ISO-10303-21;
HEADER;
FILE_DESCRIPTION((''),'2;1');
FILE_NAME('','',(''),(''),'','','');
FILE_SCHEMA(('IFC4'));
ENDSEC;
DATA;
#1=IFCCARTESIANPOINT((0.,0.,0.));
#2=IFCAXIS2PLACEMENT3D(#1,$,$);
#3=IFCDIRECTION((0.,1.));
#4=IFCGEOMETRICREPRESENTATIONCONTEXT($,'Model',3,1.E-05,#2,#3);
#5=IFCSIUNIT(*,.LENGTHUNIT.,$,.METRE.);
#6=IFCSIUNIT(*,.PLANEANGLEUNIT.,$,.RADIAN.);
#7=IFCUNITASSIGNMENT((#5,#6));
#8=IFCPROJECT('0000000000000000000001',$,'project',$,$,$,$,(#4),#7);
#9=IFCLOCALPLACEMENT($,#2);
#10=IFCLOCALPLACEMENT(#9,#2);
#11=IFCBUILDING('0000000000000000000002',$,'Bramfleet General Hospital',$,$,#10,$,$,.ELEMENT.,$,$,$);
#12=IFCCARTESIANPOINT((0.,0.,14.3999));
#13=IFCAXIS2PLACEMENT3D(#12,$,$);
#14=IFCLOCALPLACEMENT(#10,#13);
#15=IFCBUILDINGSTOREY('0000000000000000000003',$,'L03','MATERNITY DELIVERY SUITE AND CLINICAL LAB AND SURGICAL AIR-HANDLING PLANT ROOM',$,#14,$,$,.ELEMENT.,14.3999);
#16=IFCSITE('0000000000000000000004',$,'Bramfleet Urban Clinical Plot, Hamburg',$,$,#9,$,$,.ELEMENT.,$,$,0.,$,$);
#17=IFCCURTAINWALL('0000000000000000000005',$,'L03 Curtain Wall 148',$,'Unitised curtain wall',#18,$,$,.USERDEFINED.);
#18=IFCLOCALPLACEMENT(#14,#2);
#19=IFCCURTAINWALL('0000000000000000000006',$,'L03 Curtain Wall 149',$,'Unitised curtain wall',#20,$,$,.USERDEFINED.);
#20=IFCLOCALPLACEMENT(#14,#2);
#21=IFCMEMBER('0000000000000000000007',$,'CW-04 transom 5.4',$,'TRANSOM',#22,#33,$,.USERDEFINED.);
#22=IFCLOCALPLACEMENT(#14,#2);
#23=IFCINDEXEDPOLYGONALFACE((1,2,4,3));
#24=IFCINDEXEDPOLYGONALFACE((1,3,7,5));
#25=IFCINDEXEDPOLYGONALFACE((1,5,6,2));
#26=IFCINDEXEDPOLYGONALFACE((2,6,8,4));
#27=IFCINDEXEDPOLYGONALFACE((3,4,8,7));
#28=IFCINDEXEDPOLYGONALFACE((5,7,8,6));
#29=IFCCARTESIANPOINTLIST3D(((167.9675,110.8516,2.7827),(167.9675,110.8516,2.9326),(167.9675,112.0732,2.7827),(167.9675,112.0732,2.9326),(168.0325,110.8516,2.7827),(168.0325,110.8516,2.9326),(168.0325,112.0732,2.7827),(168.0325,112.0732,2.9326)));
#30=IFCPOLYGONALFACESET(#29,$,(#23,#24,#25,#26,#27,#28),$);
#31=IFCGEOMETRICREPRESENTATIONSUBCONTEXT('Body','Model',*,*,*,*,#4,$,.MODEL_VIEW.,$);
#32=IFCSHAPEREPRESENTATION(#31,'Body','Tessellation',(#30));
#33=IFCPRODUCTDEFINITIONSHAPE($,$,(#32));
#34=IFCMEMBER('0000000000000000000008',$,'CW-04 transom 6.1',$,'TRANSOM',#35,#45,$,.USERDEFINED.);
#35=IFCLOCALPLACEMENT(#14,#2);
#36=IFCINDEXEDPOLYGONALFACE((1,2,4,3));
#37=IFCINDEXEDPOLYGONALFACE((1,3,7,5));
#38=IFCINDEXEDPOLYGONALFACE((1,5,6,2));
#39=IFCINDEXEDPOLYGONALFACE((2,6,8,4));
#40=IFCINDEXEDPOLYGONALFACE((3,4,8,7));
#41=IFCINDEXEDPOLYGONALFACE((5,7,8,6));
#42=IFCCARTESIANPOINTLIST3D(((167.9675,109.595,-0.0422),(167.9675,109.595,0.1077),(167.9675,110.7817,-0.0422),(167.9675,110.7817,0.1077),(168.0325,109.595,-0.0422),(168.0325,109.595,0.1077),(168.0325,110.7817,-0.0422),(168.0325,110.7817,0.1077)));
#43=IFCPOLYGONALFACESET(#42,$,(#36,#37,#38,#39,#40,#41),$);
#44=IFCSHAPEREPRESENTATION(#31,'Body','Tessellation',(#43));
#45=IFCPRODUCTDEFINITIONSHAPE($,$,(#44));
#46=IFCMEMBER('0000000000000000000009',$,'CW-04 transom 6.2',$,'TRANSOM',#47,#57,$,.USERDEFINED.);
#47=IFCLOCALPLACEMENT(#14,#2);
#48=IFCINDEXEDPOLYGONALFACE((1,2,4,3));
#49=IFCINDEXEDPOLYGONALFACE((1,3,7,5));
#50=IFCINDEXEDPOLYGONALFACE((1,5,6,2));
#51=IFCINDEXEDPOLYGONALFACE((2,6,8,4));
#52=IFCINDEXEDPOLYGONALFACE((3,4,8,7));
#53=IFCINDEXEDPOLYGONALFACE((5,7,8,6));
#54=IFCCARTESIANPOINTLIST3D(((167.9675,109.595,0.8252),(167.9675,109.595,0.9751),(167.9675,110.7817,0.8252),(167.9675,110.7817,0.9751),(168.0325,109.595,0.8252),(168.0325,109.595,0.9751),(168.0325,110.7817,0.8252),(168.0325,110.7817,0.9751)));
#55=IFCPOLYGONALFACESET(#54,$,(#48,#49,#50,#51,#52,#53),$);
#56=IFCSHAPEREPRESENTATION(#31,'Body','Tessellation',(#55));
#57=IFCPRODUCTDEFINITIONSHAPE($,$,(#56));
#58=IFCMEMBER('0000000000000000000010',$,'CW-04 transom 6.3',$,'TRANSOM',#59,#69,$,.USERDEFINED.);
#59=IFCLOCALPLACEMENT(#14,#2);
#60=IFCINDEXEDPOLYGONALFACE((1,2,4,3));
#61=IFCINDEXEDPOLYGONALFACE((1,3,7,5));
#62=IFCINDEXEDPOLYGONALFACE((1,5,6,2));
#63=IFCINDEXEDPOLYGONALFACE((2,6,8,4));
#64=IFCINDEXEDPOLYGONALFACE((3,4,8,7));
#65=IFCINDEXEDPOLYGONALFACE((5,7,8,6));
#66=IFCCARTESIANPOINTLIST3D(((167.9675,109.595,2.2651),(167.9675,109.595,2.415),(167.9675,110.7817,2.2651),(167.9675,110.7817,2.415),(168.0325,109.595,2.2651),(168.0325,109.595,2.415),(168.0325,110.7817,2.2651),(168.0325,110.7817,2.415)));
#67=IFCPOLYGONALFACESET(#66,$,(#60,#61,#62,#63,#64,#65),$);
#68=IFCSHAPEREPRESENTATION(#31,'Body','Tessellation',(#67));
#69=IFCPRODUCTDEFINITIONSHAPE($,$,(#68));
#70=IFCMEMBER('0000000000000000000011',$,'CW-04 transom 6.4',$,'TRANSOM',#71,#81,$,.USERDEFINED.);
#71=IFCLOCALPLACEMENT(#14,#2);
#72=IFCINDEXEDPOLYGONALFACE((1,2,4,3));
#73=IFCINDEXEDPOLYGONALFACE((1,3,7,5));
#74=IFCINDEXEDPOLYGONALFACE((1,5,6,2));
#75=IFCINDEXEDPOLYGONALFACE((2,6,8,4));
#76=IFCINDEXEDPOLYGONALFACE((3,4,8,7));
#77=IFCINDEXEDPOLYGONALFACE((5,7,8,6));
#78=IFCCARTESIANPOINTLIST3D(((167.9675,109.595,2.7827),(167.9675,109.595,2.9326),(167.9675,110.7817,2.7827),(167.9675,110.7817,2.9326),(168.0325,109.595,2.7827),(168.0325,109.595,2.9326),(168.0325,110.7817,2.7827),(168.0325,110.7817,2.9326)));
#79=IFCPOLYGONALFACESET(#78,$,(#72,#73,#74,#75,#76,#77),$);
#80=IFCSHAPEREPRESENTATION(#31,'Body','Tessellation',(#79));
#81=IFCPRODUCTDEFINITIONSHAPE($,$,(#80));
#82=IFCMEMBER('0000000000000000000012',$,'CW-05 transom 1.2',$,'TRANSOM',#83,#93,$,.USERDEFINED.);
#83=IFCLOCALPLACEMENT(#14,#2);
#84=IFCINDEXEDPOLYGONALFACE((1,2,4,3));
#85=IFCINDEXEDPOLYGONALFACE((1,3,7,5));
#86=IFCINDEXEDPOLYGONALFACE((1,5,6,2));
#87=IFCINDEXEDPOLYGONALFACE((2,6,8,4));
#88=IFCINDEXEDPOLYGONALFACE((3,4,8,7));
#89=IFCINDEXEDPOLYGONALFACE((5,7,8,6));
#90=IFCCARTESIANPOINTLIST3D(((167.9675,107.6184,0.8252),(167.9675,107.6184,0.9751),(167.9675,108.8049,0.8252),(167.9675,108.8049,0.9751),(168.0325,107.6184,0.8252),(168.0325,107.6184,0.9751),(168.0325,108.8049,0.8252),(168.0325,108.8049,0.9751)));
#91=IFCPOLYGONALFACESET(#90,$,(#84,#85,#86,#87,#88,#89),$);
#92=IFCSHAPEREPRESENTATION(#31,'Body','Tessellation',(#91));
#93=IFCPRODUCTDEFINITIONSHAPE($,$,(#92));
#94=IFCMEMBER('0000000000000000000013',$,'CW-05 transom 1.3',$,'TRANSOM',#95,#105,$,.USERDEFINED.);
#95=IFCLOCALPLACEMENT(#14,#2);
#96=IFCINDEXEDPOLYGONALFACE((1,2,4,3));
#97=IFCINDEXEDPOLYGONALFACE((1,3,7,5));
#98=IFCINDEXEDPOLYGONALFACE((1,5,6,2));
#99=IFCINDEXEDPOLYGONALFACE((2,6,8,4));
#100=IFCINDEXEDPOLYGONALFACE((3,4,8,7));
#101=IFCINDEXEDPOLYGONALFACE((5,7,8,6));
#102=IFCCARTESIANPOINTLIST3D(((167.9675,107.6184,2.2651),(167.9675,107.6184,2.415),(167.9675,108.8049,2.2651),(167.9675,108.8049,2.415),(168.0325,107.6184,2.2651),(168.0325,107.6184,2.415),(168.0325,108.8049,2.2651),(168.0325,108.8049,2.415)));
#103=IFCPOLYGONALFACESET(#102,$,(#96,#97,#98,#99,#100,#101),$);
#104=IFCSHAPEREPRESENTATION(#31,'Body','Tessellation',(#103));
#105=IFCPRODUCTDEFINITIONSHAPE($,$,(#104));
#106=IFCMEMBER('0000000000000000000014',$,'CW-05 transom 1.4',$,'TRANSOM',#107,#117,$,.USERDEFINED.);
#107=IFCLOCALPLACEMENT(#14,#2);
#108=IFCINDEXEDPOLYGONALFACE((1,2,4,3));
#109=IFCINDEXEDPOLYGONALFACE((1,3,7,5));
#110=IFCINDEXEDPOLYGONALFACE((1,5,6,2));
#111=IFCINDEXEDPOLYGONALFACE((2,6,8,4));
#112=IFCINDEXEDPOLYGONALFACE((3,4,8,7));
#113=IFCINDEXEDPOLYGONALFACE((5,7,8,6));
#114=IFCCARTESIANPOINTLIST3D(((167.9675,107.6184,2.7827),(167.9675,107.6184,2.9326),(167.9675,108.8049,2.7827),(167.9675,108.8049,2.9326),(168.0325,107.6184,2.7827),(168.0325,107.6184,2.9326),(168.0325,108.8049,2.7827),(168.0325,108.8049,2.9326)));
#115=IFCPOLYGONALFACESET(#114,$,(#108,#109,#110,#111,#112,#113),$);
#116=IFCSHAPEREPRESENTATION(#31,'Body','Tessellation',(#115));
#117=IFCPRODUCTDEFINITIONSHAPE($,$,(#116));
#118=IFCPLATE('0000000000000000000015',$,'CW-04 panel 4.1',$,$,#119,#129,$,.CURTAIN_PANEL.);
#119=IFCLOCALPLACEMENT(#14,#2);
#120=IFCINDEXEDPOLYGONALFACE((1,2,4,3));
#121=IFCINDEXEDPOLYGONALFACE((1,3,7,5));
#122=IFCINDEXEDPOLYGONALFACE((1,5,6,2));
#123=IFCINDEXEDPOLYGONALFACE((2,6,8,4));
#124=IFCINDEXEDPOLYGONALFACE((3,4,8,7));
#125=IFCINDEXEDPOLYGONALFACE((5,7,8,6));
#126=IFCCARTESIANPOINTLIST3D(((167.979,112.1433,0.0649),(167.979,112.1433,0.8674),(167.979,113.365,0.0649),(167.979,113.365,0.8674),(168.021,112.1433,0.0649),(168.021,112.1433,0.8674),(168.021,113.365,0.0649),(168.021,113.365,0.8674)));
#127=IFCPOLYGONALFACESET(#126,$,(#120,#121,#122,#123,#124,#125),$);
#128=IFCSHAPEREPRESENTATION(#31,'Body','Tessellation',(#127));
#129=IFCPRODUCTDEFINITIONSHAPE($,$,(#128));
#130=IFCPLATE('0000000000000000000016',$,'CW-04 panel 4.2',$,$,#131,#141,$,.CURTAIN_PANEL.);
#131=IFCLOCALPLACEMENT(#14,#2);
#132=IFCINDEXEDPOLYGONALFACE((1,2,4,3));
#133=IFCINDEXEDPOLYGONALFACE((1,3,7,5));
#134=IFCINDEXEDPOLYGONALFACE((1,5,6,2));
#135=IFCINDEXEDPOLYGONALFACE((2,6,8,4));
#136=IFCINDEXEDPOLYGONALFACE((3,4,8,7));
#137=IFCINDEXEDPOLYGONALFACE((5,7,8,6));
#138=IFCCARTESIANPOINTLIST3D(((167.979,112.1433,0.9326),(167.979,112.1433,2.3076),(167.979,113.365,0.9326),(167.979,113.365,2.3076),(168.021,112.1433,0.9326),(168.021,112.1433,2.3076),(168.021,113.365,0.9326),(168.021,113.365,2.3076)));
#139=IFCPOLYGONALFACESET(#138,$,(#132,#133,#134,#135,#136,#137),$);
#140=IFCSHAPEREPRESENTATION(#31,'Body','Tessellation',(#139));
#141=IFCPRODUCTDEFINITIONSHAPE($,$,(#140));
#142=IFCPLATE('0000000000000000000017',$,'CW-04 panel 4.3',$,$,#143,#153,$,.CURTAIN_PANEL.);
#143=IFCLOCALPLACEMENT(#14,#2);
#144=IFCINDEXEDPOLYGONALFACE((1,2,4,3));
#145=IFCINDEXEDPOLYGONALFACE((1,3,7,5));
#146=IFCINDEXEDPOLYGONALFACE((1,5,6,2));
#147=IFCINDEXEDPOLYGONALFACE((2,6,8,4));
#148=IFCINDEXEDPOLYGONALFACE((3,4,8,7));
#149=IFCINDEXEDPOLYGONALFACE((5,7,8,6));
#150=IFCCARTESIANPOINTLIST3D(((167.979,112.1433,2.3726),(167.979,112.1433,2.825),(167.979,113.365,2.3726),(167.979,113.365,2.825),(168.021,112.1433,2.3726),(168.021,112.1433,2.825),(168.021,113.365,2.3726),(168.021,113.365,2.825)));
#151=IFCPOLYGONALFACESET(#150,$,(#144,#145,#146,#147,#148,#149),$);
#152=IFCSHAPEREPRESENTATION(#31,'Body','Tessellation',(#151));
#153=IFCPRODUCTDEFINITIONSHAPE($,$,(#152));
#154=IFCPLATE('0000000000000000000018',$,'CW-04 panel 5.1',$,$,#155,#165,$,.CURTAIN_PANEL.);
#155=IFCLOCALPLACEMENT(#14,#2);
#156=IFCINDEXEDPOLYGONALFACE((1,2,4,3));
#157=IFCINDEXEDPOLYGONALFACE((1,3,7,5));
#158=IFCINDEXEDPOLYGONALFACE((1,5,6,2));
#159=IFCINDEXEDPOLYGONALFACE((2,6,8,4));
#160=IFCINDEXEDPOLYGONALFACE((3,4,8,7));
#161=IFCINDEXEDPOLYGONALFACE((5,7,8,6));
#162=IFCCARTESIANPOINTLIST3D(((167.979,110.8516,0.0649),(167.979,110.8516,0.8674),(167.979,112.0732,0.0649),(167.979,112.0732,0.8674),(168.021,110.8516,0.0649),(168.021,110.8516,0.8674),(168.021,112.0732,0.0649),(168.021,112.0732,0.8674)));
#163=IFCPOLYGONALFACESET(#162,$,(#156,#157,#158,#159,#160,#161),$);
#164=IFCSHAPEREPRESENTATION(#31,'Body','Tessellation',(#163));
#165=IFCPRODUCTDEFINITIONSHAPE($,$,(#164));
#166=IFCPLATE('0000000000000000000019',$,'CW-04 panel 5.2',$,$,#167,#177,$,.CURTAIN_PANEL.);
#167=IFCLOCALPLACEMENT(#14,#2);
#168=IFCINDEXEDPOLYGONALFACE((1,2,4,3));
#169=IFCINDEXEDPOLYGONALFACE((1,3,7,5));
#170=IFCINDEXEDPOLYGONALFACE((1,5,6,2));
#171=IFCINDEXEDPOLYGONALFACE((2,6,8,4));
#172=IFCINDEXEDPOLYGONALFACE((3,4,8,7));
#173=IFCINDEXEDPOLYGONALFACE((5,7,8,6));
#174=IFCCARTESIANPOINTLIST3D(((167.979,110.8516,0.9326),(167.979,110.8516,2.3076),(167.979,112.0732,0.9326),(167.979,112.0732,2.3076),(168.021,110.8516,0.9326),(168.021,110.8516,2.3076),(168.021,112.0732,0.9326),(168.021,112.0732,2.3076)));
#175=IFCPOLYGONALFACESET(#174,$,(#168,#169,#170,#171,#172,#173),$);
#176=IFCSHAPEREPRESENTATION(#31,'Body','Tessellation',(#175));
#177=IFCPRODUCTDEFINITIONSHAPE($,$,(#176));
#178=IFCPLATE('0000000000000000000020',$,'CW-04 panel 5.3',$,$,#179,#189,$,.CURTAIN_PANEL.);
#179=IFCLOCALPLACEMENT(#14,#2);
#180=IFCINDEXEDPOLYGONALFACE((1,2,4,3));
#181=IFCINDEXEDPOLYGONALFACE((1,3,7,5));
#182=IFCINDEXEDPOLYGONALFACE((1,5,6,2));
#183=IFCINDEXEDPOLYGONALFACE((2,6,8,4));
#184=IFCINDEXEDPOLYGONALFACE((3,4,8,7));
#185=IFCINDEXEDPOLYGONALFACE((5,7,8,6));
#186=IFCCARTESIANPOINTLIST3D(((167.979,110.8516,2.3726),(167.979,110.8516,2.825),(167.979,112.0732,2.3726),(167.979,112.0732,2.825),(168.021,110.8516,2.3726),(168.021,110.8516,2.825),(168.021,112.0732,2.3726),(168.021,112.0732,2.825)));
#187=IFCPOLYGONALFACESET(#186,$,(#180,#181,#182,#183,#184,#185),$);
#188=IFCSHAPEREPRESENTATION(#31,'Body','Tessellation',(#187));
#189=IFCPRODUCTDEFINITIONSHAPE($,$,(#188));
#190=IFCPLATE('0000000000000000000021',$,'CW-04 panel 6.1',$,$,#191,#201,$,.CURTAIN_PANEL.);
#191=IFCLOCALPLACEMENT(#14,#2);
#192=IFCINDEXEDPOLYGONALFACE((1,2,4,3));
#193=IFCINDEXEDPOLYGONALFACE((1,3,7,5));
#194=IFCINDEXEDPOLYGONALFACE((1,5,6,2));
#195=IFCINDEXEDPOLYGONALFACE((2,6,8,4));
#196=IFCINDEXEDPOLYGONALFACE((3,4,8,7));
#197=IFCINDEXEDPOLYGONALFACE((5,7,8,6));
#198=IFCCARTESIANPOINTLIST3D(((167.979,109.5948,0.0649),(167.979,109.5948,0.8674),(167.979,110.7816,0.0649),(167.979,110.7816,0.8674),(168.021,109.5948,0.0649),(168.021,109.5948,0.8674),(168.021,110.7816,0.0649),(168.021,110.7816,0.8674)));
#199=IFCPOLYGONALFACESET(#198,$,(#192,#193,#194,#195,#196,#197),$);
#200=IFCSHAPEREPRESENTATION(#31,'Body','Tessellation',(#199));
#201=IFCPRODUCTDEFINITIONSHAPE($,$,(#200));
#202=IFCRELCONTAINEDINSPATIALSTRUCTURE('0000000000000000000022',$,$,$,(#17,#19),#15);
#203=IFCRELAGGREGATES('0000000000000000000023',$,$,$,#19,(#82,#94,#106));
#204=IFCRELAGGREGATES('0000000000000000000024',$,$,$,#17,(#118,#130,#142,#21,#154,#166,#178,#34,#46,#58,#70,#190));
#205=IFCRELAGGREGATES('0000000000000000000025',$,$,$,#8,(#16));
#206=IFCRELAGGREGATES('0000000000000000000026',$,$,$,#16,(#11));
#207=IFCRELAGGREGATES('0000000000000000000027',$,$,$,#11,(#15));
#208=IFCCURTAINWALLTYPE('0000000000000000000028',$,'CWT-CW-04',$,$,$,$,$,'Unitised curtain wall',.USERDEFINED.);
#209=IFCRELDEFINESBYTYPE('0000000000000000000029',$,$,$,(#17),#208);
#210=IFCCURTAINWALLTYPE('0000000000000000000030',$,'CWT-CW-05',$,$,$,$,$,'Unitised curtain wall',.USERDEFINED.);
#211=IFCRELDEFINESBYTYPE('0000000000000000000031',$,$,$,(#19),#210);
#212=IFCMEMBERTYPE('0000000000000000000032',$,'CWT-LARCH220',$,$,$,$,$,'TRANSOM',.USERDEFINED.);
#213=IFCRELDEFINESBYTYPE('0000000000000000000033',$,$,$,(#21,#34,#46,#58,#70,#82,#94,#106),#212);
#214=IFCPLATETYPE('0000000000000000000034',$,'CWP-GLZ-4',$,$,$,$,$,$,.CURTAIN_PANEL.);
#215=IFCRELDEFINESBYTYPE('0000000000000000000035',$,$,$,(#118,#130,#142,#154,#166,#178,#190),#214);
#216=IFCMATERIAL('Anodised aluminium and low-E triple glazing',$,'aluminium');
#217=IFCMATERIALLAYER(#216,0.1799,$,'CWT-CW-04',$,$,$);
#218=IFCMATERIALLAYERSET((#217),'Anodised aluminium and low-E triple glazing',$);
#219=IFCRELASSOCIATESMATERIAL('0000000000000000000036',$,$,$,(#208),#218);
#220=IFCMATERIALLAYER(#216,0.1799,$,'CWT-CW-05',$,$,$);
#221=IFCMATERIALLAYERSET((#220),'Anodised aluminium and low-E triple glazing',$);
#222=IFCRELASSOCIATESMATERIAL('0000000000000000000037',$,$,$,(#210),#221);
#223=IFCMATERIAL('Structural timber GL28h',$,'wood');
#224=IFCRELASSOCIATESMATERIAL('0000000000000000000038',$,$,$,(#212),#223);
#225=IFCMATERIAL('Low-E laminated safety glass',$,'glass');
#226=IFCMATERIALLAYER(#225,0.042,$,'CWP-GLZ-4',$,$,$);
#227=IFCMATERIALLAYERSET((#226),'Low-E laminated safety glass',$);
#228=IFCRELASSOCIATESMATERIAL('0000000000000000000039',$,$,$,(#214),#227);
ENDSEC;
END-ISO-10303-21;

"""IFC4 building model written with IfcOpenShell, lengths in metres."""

from ifc_helpers import new_model, si_unit, direction, frame, origin, origin_2d, place, context, subcontext, project, spatial, rectangle, extrude, material, layer, layer_set, material_profile, profile_set, type_object, element, aggregate, save


model = new_model("IFC4")

# Units and contexts
model_context = context("Model", 3, precision=1e-05, world=origin(), true_north=direction((0.0, 1.0)))
body_context = subcontext(model_context, "Body", "Model", "MODEL_VIEW")
ifc_project = project(units=[si_unit("LENGTHUNIT", "METRE"), si_unit("PLANEANGLEUNIT", "RADIAN")], contexts=[model_context])

# Site, building, storey
site_placement = place(None, origin())
site = spatial("IfcSite", under=ifc_project, at=site_placement, Name="Bramfleet Urban Clinical Plot, Hamburg", CompositionType="ELEMENT", RefElevation=0.0)
building_placement = place(site_placement, origin())
building = spatial("IfcBuilding", under=site, at=building_placement, Name="Bramfleet General Hospital", CompositionType="ELEMENT")
storey_placement = place(building_placement, frame((0.0, 0.0, 14.3999)))
storey = spatial("IfcBuildingStorey", under=building, at=storey_placement, Name="L03", Description="MATERNITY DELIVERY SUITE AND CLINICAL LAB AND SURGICAL AIR-HANDLING PLANT ROOM", CompositionType="ELEMENT", Elevation=14.3999)

# Curtain wall
ifc_material_1 = material(Name="Anodised aluminium and low-E triple glazing", Category="aluminium")
ifc_layer_1 = layer(ifc_material_1, 0.1799, Name="CWT-CW-04")
ifc_layer_set_1 = layer_set([ifc_layer_1], Name="Anodised aluminium and low-E triple glazing")
curtain_wall_type_1 = type_object("IfcCurtainWallType", Name="CWT-CW-04", ElementType="Unitised curtain wall", PredefinedType="USERDEFINED", material=ifc_layer_set_1)
curtain_wall_1_placement = place(storey_placement, origin())
curtain_wall_1 = element("IfcCurtainWall", 1, at=curtain_wall_1_placement, inside=storey, type_object=curtain_wall_type_1, Name="L03 Curtain Wall 148", ObjectType="Unitised curtain wall", PredefinedType="USERDEFINED")
ifc_material_2 = material(Name="Structural timber GL28h", Category="wood")

# Curtain wall
ifc_layer_2 = layer(ifc_material_1, 0.1799, Name="CWT-CW-05")
ifc_layer_set_2 = layer_set([ifc_layer_2], Name="Anodised aluminium and low-E triple glazing")
curtain_wall_type_2 = type_object("IfcCurtainWallType", Name="CWT-CW-05", ElementType="Unitised curtain wall", PredefinedType="USERDEFINED", material=ifc_layer_set_2)
curtain_wall_2_placement = place(storey_placement, origin())
curtain_wall_2 = element("IfcCurtainWall", 2, at=curtain_wall_2_placement, inside=storey, type_object=curtain_wall_type_2, Name="L03 Curtain Wall 149", ObjectType="Unitised curtain wall", PredefinedType="USERDEFINED")

# Members
ifc_material_profile_1 = material_profile(ifc_material_2, rectangle(XDim=0.0649, YDim=0.1499, at=origin_2d()), Name="LARCH 150x65")
ifc_profile_set_1 = profile_set([ifc_material_profile_1], Name="Structural timber GL28h")
member_type_1 = type_object("IfcMemberType", Name="CWT-LARCH220", ElementType="TRANSOM", PredefinedType="USERDEFINED", material=ifc_profile_set_1)
member_1_placement = place(storey_placement, frame((168.0, 112.0732, 2.8577), z_axis=(0.0, -1.0, 0.0), x_axis=(1.0, 0.0, 0.0)))
member_1 = element("IfcMember", 3, at=member_1_placement, type_object=member_type_1, Name="CW-04 transom 5.4", ObjectType="TRANSOM", PredefinedType="USERDEFINED", context=body_context, shape_type="SweptSolid", body=[
    extrude(rectangle(XDim=0.0649, YDim=0.1499, at=origin_2d()), origin(), (0.0, 0.0, 1.0), 1.2217),
])
member_2_placement = place(storey_placement, frame((168.0, 110.7817, 0.0327), z_axis=(0.0, -1.0, 0.0), x_axis=(1.0, 0.0, 0.0)))
member_2 = element("IfcMember", 4, at=member_2_placement, type_object=member_type_1, Name="CW-04 transom 6.1", ObjectType="TRANSOM", PredefinedType="USERDEFINED", context=body_context, shape_type="SweptSolid", body=[
    extrude(rectangle(XDim=0.0649, YDim=0.1499, at=origin_2d()), origin(), (0.0, 0.0, 1.0), 1.1868),
])
member_3_placement = place(storey_placement, frame((168.0, 110.7817, 0.9001), z_axis=(0.0, -1.0, 0.0), x_axis=(1.0, 0.0, 0.0)))
member_3 = element("IfcMember", 5, at=member_3_placement, type_object=member_type_1, Name="CW-04 transom 6.2", ObjectType="TRANSOM", PredefinedType="USERDEFINED", context=body_context, shape_type="SweptSolid", body=[
    extrude(rectangle(XDim=0.0649, YDim=0.1499, at=origin_2d()), origin(), (0.0, 0.0, 1.0), 1.1868),
])
member_4_placement = place(storey_placement, frame((168.0, 110.7817, 2.3401), z_axis=(0.0, -1.0, 0.0), x_axis=(1.0, 0.0, 0.0)))
member_4 = element("IfcMember", 6, at=member_4_placement, type_object=member_type_1, Name="CW-04 transom 6.3", ObjectType="TRANSOM", PredefinedType="USERDEFINED", context=body_context, shape_type="SweptSolid", body=[
    extrude(rectangle(XDim=0.0649, YDim=0.1499, at=origin_2d()), origin(), (0.0, 0.0, 1.0), 1.1868),
])
member_5_placement = place(storey_placement, frame((168.0, 110.7817, 2.8577), z_axis=(0.0, -1.0, 0.0), x_axis=(1.0, 0.0, 0.0)))
member_5 = element("IfcMember", 7, at=member_5_placement, type_object=member_type_1, Name="CW-04 transom 6.4", ObjectType="TRANSOM", PredefinedType="USERDEFINED", context=body_context, shape_type="SweptSolid", body=[
    extrude(rectangle(XDim=0.0649, YDim=0.1499, at=origin_2d()), origin(), (0.0, 0.0, 1.0), 1.1868),
])
member_6_placement = place(storey_placement, frame((168.0, 108.8049, 0.9001), z_axis=(0.0, -1.0, 0.0), x_axis=(1.0, 0.0, 0.0)))
member_6 = element("IfcMember", 8, at=member_6_placement, type_object=member_type_1, Name="CW-05 transom 1.2", ObjectType="TRANSOM", PredefinedType="USERDEFINED", context=body_context, shape_type="SweptSolid", body=[
    extrude(rectangle(XDim=0.0649, YDim=0.1499, at=origin_2d()), origin(), (0.0, 0.0, 1.0), 1.1865),
])
member_7_placement = place(storey_placement, frame((168.0, 108.8049, 2.3401), z_axis=(0.0, -1.0, 0.0), x_axis=(1.0, 0.0, 0.0)))
member_7 = element("IfcMember", 9, at=member_7_placement, type_object=member_type_1, Name="CW-05 transom 1.3", ObjectType="TRANSOM", PredefinedType="USERDEFINED", context=body_context, shape_type="SweptSolid", body=[
    extrude(rectangle(XDim=0.0649, YDim=0.1499, at=origin_2d()), origin(), (0.0, 0.0, 1.0), 1.1865),
])
member_8_placement = place(storey_placement, frame((168.0, 108.8049, 2.8577), z_axis=(0.0, -1.0, 0.0), x_axis=(1.0, 0.0, 0.0)))
member_8 = element("IfcMember", 10, at=member_8_placement, type_object=member_type_1, Name="CW-05 transom 1.4", ObjectType="TRANSOM", PredefinedType="USERDEFINED", context=body_context, shape_type="SweptSolid", body=[
    extrude(rectangle(XDim=0.0649, YDim=0.1499, at=origin_2d()), origin(), (0.0, 0.0, 1.0), 1.1865),
])
aggregate(curtain_wall_2, [member_6, member_7, member_8])

# Plates
ifc_material_3 = material(Name="Low-E laminated safety glass", Category="glass")
ifc_layer_3 = layer(ifc_material_3, 0.042, Name="CWP-GLZ-4")
ifc_layer_set_3 = layer_set([ifc_layer_3], Name="Low-E laminated safety glass")
plate_type = type_object("IfcPlateType", Name="CWP-GLZ-4", PredefinedType="CURTAIN_PANEL", material=ifc_layer_set_3)
plate_1_placement = place(storey_placement, frame((168.0, 112.7542, 0.0649), z_axis=(0.0, 0.0, 1.0), x_axis=(0.0, -1.0, 0.0)))
plate_1 = element("IfcPlate", 11, at=plate_1_placement, type_object=plate_type, Name="CW-04 panel 4.1", PredefinedType="CURTAIN_PANEL", context=body_context, shape_type="SweptSolid", body=[
    extrude(rectangle(XDim=1.2217, YDim=0.042, at=origin_2d()), origin(), (0.0, 0.0, 1.0), 0.8025),
])
plate_2_placement = place(storey_placement, frame((168.0, 112.7542, 0.9326), z_axis=(0.0, 0.0, 1.0), x_axis=(0.0, -1.0, 0.0)))
plate_2 = element("IfcPlate", 12, at=plate_2_placement, type_object=plate_type, Name="CW-04 panel 4.2", PredefinedType="CURTAIN_PANEL", context=body_context, shape_type="SweptSolid", body=[
    extrude(rectangle(XDim=1.2217, YDim=0.042, at=origin_2d()), origin(), (0.0, 0.0, 1.0), 1.375),
])
plate_3_placement = place(storey_placement, frame((168.0, 112.7542, 2.3726), z_axis=(0.0, 0.0, 1.0), x_axis=(0.0, -1.0, 0.0)))
plate_3 = element("IfcPlate", 13, at=plate_3_placement, type_object=plate_type, Name="CW-04 panel 4.3", PredefinedType="CURTAIN_PANEL", context=body_context, shape_type="SweptSolid", body=[
    extrude(rectangle(XDim=1.2217, YDim=0.042, at=origin_2d()), origin(), (0.0, 0.0, 1.0), 0.4524),
])
plate_4_placement = place(storey_placement, frame((168.0, 111.4624, 0.0649), z_axis=(0.0, 0.0, 1.0), x_axis=(0.0, -1.0, 0.0)))
plate_4 = element("IfcPlate", 14, at=plate_4_placement, type_object=plate_type, Name="CW-04 panel 5.1", PredefinedType="CURTAIN_PANEL", context=body_context, shape_type="SweptSolid", body=[
    extrude(rectangle(XDim=1.2217, YDim=0.042, at=origin_2d()), origin(), (0.0, 0.0, 1.0), 0.8025),
])
plate_5_placement = place(storey_placement, frame((168.0, 111.4624, 0.9326), z_axis=(0.0, 0.0, 1.0), x_axis=(0.0, -1.0, 0.0)))
plate_5 = element("IfcPlate", 15, at=plate_5_placement, type_object=plate_type, Name="CW-04 panel 5.2", PredefinedType="CURTAIN_PANEL", context=body_context, shape_type="SweptSolid", body=[
    extrude(rectangle(XDim=1.2217, YDim=0.042, at=origin_2d()), origin(), (0.0, 0.0, 1.0), 1.375),
])
plate_6_placement = place(storey_placement, frame((168.0, 111.4624, 2.3726), z_axis=(0.0, 0.0, 1.0), x_axis=(0.0, -1.0, 0.0)))
plate_6 = element("IfcPlate", 16, at=plate_6_placement, type_object=plate_type, Name="CW-04 panel 5.3", PredefinedType="CURTAIN_PANEL", context=body_context, shape_type="SweptSolid", body=[
    extrude(rectangle(XDim=1.2217, YDim=0.042, at=origin_2d()), origin(), (0.0, 0.0, 1.0), 0.4524),
])
plate_7_placement = place(storey_placement, frame((168.0, 110.1882, 0.0649), z_axis=(0.0, 0.0, 1.0), x_axis=(0.0, -1.0, 0.0)))
plate_7 = element("IfcPlate", 17, at=plate_7_placement, type_object=plate_type, Name="CW-04 panel 6.1", PredefinedType="CURTAIN_PANEL", context=body_context, shape_type="SweptSolid", body=[
    extrude(rectangle(XDim=1.1868, YDim=0.042, at=origin_2d()), origin(), (0.0, 0.0, 1.0), 0.8025),
])
aggregate(curtain_wall_1, [plate_1, plate_2, plate_3, member_1, plate_4, plate_5, plate_6, member_2, member_3, member_4, member_5, plate_7])

save(model, "model.ifc")
